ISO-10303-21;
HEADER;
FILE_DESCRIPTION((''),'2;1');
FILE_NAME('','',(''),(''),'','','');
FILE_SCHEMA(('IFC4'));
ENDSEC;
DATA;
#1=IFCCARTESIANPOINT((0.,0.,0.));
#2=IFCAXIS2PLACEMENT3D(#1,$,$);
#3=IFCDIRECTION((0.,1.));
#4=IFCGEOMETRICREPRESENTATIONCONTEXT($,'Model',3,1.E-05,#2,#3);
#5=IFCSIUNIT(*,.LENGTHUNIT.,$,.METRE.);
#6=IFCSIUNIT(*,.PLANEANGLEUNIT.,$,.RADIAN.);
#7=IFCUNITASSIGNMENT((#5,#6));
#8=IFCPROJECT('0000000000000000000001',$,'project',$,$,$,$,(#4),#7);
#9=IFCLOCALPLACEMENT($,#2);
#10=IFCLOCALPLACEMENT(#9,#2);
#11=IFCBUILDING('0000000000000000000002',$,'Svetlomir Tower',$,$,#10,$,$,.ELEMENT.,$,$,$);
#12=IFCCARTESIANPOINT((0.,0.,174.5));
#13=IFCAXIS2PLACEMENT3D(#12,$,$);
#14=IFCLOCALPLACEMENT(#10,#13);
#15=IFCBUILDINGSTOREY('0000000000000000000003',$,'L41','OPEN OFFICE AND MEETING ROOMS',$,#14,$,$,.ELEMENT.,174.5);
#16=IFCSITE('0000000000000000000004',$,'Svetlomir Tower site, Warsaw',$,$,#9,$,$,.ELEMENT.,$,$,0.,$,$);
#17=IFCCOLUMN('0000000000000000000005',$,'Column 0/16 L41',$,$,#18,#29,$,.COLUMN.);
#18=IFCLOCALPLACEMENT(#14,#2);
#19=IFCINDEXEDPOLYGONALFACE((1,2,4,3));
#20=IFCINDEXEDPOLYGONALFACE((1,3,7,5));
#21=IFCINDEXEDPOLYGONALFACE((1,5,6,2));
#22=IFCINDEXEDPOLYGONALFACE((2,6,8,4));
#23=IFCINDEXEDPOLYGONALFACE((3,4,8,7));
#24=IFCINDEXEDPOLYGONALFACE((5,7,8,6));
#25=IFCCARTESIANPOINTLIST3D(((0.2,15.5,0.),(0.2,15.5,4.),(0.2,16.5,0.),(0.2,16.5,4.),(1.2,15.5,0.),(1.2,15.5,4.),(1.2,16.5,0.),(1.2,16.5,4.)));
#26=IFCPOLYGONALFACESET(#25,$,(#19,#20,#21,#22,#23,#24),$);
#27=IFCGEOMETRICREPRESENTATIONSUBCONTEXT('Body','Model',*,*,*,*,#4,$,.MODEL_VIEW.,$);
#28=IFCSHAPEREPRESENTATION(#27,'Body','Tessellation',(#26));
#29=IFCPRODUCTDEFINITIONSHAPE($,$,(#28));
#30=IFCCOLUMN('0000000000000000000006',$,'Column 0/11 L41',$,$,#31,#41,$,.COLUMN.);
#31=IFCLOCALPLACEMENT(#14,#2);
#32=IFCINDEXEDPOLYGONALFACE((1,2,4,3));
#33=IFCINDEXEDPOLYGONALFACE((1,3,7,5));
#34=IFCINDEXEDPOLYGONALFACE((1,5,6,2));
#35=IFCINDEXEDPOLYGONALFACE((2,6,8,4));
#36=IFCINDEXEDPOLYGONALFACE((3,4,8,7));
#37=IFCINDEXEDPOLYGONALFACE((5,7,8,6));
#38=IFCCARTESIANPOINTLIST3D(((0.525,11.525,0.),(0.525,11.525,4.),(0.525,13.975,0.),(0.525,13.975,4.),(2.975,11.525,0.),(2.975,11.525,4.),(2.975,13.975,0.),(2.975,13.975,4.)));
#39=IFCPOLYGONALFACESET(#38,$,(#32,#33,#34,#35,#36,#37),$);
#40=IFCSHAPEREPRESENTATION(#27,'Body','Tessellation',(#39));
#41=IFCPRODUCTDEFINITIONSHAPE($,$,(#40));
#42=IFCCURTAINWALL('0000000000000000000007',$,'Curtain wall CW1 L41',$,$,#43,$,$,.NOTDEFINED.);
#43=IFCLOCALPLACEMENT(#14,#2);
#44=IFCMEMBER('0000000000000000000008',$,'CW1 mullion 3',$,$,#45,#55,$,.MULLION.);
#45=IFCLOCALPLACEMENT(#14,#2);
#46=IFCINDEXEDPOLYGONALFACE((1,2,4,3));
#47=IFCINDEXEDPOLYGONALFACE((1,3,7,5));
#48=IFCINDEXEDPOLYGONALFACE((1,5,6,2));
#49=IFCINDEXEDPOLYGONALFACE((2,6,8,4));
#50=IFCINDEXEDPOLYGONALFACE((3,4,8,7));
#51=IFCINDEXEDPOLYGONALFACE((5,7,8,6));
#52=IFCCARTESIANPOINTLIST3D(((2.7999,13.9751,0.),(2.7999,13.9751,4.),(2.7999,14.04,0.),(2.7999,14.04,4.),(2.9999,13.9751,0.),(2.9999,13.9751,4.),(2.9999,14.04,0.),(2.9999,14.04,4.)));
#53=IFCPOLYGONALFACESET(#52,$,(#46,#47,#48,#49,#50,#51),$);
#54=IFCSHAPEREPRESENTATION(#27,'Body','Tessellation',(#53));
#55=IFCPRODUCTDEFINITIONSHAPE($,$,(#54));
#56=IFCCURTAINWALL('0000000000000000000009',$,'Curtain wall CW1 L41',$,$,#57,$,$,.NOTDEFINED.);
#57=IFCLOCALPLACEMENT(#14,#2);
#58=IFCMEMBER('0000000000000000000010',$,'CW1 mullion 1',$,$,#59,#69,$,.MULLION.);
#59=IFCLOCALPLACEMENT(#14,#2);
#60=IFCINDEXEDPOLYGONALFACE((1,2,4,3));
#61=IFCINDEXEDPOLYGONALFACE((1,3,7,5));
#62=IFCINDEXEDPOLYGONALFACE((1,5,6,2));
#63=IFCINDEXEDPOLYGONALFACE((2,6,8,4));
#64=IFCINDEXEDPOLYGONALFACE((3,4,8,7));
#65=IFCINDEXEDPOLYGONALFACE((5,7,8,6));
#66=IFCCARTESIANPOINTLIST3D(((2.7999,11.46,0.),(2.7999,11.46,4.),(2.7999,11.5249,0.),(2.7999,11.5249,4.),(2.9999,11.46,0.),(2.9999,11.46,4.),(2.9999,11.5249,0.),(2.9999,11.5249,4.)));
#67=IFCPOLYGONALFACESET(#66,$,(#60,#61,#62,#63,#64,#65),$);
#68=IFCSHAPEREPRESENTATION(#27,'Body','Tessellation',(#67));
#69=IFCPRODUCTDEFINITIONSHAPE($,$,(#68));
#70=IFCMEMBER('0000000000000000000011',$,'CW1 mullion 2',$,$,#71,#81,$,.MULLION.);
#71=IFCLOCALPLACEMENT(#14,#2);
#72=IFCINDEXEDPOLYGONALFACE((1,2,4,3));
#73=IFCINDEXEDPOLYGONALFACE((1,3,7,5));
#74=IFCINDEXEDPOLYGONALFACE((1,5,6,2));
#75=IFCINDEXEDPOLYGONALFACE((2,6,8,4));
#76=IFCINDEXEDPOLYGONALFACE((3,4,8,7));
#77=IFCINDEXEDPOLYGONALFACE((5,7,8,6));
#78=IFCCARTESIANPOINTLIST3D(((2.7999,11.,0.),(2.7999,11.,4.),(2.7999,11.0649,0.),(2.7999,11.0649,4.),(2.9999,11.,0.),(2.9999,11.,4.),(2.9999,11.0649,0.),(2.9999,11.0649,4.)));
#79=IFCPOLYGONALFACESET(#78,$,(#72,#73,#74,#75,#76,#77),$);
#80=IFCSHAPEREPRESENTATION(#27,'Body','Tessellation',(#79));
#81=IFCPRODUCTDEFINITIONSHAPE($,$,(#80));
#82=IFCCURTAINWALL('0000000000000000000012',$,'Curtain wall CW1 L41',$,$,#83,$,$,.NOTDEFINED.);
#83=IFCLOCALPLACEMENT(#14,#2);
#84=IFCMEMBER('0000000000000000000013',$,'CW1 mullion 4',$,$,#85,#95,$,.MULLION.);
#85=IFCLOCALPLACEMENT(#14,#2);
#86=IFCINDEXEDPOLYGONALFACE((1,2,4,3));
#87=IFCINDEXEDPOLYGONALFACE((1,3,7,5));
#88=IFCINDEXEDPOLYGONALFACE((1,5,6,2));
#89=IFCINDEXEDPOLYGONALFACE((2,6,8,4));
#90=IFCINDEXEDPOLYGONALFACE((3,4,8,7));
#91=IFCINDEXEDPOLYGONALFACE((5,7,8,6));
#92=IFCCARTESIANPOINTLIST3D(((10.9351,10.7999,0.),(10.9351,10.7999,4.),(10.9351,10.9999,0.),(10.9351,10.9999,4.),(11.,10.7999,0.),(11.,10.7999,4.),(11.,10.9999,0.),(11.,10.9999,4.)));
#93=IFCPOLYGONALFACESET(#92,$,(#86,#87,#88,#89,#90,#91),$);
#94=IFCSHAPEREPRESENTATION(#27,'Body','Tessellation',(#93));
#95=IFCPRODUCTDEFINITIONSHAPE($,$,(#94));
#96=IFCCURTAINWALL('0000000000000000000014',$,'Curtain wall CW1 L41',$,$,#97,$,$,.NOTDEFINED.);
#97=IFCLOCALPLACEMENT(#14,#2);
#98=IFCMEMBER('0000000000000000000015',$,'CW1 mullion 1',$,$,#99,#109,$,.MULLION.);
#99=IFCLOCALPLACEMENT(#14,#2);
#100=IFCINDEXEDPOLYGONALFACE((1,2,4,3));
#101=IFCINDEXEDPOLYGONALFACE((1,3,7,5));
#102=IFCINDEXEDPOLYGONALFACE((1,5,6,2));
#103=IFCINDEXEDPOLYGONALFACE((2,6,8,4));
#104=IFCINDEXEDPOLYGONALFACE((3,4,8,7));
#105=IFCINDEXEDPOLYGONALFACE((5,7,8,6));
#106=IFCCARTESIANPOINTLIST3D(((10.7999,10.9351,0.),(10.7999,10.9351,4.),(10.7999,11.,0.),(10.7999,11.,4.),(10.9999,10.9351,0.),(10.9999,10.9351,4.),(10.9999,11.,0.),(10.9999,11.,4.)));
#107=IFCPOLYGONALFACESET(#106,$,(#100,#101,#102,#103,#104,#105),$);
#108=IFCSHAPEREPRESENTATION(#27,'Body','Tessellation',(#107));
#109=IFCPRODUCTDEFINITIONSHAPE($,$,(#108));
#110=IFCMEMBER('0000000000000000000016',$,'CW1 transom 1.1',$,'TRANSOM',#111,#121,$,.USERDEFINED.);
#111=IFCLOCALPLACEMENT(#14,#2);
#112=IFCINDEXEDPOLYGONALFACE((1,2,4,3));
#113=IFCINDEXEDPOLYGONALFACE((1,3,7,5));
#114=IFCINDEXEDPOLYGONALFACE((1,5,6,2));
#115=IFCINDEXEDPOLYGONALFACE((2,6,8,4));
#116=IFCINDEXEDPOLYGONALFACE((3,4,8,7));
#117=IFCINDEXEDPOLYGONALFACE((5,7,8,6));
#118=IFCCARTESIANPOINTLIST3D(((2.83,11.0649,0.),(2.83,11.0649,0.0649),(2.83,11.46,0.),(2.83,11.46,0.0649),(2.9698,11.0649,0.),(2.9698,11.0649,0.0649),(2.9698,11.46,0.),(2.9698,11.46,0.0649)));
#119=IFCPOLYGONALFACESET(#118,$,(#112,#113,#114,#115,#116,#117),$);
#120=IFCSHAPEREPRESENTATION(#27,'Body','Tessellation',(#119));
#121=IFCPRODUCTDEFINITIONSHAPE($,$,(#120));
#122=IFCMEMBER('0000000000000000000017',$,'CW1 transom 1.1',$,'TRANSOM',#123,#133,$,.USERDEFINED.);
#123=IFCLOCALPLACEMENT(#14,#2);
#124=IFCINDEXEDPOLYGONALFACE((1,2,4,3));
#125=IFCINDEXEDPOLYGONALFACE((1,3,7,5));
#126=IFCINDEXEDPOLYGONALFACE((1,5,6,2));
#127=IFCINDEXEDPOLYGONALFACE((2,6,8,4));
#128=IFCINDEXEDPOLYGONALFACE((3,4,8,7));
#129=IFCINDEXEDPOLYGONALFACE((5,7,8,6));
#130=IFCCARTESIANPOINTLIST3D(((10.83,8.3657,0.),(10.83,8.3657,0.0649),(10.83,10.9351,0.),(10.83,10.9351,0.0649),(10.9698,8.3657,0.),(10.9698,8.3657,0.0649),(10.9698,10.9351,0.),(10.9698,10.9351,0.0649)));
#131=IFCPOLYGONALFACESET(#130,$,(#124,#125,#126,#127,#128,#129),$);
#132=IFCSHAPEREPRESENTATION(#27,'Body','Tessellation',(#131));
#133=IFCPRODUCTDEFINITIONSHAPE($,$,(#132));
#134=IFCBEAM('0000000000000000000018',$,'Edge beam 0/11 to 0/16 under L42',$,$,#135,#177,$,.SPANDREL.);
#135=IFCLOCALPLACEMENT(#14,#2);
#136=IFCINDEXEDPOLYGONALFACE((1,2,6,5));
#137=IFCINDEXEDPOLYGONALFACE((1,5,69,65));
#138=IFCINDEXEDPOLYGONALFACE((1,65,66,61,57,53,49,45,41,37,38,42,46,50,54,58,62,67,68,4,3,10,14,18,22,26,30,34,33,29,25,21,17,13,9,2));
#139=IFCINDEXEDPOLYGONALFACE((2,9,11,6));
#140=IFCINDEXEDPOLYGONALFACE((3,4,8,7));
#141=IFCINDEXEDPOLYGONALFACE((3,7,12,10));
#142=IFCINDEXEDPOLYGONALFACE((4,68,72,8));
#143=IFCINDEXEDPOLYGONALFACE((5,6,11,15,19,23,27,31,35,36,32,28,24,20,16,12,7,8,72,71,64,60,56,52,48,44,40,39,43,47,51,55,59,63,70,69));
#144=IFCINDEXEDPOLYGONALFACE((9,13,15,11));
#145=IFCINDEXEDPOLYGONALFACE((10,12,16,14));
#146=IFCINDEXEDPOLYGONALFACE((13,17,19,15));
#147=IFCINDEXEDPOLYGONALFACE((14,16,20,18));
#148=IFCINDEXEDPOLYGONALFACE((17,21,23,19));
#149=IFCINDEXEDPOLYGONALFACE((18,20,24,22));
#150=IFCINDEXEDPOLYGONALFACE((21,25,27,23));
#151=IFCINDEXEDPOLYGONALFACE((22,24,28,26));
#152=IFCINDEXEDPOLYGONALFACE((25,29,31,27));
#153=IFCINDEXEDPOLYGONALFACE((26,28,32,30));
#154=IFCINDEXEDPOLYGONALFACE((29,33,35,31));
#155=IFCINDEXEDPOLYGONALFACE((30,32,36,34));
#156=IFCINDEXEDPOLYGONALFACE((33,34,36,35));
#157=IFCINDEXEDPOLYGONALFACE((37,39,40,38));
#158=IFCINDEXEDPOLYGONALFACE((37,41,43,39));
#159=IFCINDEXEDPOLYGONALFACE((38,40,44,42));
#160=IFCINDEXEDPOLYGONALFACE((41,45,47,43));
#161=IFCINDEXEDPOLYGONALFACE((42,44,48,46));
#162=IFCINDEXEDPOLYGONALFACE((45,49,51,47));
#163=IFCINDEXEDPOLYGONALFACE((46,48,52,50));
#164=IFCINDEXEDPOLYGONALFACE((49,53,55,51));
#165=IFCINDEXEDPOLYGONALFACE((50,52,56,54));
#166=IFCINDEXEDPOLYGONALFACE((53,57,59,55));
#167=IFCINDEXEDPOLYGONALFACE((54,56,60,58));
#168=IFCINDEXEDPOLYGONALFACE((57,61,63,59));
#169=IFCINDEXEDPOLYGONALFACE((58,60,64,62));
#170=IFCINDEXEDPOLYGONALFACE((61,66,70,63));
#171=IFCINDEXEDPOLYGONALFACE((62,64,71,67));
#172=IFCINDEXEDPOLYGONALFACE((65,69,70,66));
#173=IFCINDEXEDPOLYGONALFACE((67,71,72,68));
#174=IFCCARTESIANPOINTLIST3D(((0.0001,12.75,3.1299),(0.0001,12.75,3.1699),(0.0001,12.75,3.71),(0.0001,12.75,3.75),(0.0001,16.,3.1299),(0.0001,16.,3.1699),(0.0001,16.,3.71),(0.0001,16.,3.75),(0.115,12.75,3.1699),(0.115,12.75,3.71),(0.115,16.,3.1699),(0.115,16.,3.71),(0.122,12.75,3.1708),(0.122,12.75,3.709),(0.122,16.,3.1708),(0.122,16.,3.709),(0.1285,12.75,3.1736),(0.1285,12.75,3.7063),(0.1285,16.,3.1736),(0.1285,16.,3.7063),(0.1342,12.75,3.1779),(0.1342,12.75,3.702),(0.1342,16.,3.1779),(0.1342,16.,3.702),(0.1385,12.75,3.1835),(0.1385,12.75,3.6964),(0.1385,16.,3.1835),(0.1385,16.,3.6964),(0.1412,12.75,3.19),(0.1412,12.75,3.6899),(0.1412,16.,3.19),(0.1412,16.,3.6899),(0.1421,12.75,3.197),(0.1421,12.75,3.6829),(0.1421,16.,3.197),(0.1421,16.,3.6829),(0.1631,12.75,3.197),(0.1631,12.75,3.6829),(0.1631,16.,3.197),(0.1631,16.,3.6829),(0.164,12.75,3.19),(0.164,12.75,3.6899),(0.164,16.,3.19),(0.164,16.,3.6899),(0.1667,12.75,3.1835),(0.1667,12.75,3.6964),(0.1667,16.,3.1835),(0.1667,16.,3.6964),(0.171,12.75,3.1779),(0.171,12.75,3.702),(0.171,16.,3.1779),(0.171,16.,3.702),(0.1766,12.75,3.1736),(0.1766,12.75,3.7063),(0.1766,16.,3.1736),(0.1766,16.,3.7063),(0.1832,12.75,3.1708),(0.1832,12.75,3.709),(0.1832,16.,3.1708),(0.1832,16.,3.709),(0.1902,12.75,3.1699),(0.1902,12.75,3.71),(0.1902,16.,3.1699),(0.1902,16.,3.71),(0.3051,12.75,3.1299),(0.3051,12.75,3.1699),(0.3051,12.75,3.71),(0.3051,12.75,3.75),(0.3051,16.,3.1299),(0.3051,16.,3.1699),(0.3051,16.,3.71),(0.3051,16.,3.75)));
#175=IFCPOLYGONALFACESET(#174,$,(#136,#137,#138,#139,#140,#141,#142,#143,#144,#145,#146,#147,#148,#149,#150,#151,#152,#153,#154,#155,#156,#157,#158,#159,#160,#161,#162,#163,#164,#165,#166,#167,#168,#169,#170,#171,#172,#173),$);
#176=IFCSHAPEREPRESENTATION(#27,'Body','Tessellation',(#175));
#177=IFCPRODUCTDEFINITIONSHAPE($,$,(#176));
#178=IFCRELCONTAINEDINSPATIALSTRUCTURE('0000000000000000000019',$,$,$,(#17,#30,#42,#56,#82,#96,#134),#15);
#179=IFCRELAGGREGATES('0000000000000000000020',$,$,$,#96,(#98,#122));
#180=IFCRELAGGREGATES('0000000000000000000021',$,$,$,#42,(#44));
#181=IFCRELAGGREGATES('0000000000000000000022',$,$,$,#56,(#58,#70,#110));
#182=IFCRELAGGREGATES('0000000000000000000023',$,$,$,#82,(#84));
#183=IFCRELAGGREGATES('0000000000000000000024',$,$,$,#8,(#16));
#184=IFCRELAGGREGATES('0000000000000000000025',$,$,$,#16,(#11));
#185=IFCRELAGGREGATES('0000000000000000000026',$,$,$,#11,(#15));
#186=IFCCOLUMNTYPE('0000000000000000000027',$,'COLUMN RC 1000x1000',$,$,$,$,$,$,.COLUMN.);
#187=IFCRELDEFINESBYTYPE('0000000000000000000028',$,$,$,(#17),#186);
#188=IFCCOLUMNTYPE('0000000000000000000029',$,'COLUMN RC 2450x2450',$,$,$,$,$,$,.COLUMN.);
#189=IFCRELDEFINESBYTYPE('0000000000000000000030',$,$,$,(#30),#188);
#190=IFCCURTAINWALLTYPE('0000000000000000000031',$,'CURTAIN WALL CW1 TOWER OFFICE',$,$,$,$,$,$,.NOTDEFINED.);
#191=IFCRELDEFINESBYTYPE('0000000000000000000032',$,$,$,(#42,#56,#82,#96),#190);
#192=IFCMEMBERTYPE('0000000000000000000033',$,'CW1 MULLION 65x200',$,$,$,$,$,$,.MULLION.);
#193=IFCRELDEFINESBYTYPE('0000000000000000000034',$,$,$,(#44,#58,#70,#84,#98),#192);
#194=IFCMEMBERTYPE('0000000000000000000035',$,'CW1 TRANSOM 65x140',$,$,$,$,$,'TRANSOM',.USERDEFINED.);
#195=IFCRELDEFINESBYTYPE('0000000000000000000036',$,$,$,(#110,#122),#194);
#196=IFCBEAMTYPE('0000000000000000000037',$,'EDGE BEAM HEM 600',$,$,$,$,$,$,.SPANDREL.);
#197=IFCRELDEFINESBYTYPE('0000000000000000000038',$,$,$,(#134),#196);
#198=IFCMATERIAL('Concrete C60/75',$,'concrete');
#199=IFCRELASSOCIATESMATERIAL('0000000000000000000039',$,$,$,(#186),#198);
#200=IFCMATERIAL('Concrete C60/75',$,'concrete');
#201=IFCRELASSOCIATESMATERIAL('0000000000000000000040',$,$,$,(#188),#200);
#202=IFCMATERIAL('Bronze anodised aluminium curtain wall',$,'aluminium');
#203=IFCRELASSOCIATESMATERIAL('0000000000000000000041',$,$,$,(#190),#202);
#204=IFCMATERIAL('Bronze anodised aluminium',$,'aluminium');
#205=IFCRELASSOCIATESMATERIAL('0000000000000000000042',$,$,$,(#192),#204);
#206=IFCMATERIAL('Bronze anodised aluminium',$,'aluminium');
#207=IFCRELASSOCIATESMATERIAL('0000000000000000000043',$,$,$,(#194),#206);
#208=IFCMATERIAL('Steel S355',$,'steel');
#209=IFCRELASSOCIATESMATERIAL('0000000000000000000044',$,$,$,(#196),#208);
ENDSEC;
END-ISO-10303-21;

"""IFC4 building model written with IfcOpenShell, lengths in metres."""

from ifc_helpers import new_model, si_unit, direction, frame, origin, origin_2d, place, context, subcontext, project, spatial, rectangle, i_section, extrude, material, material_profile, profile_set, type_object, element, aggregate, save


model = new_model("IFC4")

# Units and contexts
model_context = context("Model", 3, precision=1e-05, world=origin(), true_north=direction((0.0, 1.0)))
body_context = subcontext(model_context, "Body", "Model", "MODEL_VIEW")
ifc_project = project(units=[si_unit("LENGTHUNIT", "METRE"), si_unit("PLANEANGLEUNIT", "RADIAN")], contexts=[model_context])

# Site, building, storey
site_placement = place(None, origin())
site = spatial("IfcSite", under=ifc_project, at=site_placement, Name="Svetlomir Tower site, Warsaw", CompositionType="ELEMENT", RefElevation=0.0)
building_placement = place(site_placement, origin())
building = spatial("IfcBuilding", under=site, at=building_placement, Name="Svetlomir Tower", CompositionType="ELEMENT")
storey_placement = place(building_placement, frame((0.0, 0.0, 174.5)))
storey = spatial("IfcBuildingStorey", under=building, at=storey_placement, Name="L41", Description="OPEN OFFICE AND MEETING ROOMS", CompositionType="ELEMENT", Elevation=174.5)

# Columns
ifc_material_1 = material(Name="Concrete C60/75", Category="concrete")
ifc_material_profile_1 = material_profile(ifc_material_1, rectangle(XDim=1.0, YDim=1.0, at=origin_2d()), Name="RC 1000x1000")
ifc_profile_set_1 = profile_set([ifc_material_profile_1], Name="Concrete C60/75")
column_type_1 = type_object("IfcColumnType", Name="COLUMN RC 1000x1000", PredefinedType="COLUMN", material=ifc_profile_set_1)
column_1_placement = place(storey_placement, frame((0.7, 16.0, 0.0), z_axis=(0.0, 0.0, 1.0), x_axis=(1.0, 0.0, 0.0)))
element("IfcColumn", 1, at=column_1_placement, inside=storey, type_object=column_type_1, Name="Column 0/16 L41", PredefinedType="COLUMN", context=body_context, shape_type="SweptSolid", body=[
    extrude(rectangle(XDim=1.0, YDim=1.0, at=origin_2d()), origin(), (0.0, 0.0, 1.0), 4.0),
])
ifc_material_2 = material(Name="Concrete C60/75", Category="concrete")
ifc_material_profile_2 = material_profile(ifc_material_2, rectangle(XDim=2.45, YDim=2.45, at=origin_2d()), Name="RC 2450x2450")
ifc_profile_set_2 = profile_set([ifc_material_profile_2], Name="Concrete C60/75")
column_type_2 = type_object("IfcColumnType", Name="COLUMN RC 2450x2450", PredefinedType="COLUMN", material=ifc_profile_set_2)
column_2_placement = place(storey_placement, frame((1.75, 12.75, 0.0), z_axis=(0.0, 0.0, 1.0), x_axis=(1.0, 0.0, 0.0)))
element("IfcColumn", 2, at=column_2_placement, inside=storey, type_object=column_type_2, Name="Column 0/11 L41", PredefinedType="COLUMN", context=body_context, shape_type="SweptSolid", body=[
    extrude(rectangle(XDim=2.45, YDim=2.45, at=origin_2d()), origin(), (0.0, 0.0, 1.0), 4.0),
])

# Curtain wall, member
ifc_material_3 = material(Name="Bronze anodised aluminium curtain wall", Category="aluminium")
curtain_wall_type = type_object("IfcCurtainWallType", Name="CURTAIN WALL CW1 TOWER OFFICE", PredefinedType="NOTDEFINED", material=ifc_material_3)
curtain_wall_1_placement = place(storey_placement, origin())
curtain_wall_1 = element("IfcCurtainWall", 3, at=curtain_wall_1_placement, inside=storey, type_object=curtain_wall_type, Name="Curtain wall CW1 L41", PredefinedType="NOTDEFINED")
ifc_material_4 = material(Name="Bronze anodised aluminium", Category="aluminium")
ifc_material_profile_3 = material_profile(ifc_material_4, rectangle(XDim=0.0649, YDim=0.2, at=origin_2d()), Name="AL 65x200")
ifc_profile_set_3 = profile_set([ifc_material_profile_3], Name="Bronze anodised aluminium 6063-T6")
member_type_1 = type_object("IfcMemberType", Name="CW1 MULLION 65x200", PredefinedType="MULLION", material=ifc_profile_set_3)
member_1_placement = place(storey_placement, frame((2.8999, 14.0076, 0.0), z_axis=(0.0, 0.0, 1.0), x_axis=(0.0, -1.0, 0.0)))
member_1 = element("IfcMember", 4, at=member_1_placement, type_object=member_type_1, Name="CW1 mullion 3", PredefinedType="MULLION", context=body_context, shape_type="SweptSolid", body=[
    extrude(rectangle(XDim=0.0649, YDim=0.2, at=origin_2d()), origin(), (0.0, 0.0, 1.0), 4.0),
])

# Curtain wall, members
curtain_wall_2_placement = place(storey_placement, origin())
curtain_wall_2 = element("IfcCurtainWall", 5, at=curtain_wall_2_placement, inside=storey, type_object=curtain_wall_type, Name="Curtain wall CW1 L41", PredefinedType="NOTDEFINED")
member_2_placement = place(storey_placement, frame((2.8999, 11.4924, 0.0), z_axis=(0.0, 0.0, 1.0), x_axis=(0.0, -1.0, 0.0)))
member_2 = element("IfcMember", 6, at=member_2_placement, type_object=member_type_1, Name="CW1 mullion 1", PredefinedType="MULLION", context=body_context, shape_type="SweptSolid", body=[
    extrude(rectangle(XDim=0.0649, YDim=0.2, at=origin_2d()), origin(), (0.0, 0.0, 1.0), 4.0),
])
member_3_placement = place(storey_placement, frame((2.8999, 11.0325, 0.0), z_axis=(0.0, 0.0, 1.0), x_axis=(0.0, -1.0, 0.0)))
member_3 = element("IfcMember", 7, at=member_3_placement, type_object=member_type_1, Name="CW1 mullion 2", PredefinedType="MULLION", context=body_context, shape_type="SweptSolid", body=[
    extrude(rectangle(XDim=0.0649, YDim=0.2, at=origin_2d()), origin(), (0.0, 0.0, 1.0), 4.0),
])

# Curtain walls, members
curtain_wall_3_placement = place(storey_placement, origin())
curtain_wall_3 = element("IfcCurtainWall", 8, at=curtain_wall_3_placement, inside=storey, type_object=curtain_wall_type, Name="Curtain wall CW1 L41", PredefinedType="NOTDEFINED")
member_4_placement = place(storey_placement, frame((10.9675, 10.8999, 0.0), z_axis=(0.0, 0.0, 1.0), x_axis=(1.0, 0.0, 0.0)))
member_4 = element("IfcMember", 9, at=member_4_placement, type_object=member_type_1, Name="CW1 mullion 4", PredefinedType="MULLION", context=body_context, shape_type="SweptSolid", body=[
    extrude(rectangle(XDim=0.0649, YDim=0.2, at=origin_2d()), origin(), (0.0, 0.0, 1.0), 4.0),
])
curtain_wall_4_placement = place(storey_placement, origin())
curtain_wall_4 = element("IfcCurtainWall", 10, at=curtain_wall_4_placement, inside=storey, type_object=curtain_wall_type, Name="Curtain wall CW1 L41", PredefinedType="NOTDEFINED")
member_5_placement = place(storey_placement, frame((10.8999, 10.9675, 0.0), z_axis=(0.0, 0.0, 1.0), x_axis=(0.0, -1.0, 0.0)))
member_5 = element("IfcMember", 11, at=member_5_placement, type_object=member_type_1, Name="CW1 mullion 1", PredefinedType="MULLION", context=body_context, shape_type="SweptSolid", body=[
    extrude(rectangle(XDim=0.0649, YDim=0.2, at=origin_2d()), origin(), (0.0, 0.0, 1.0), 4.0),
])

# Members
ifc_material_5 = material(Name="Bronze anodised aluminium", Category="aluminium")
ifc_material_profile_4 = material_profile(ifc_material_5, rectangle(XDim=0.1399, YDim=0.0649, at=origin_2d()), Name="AL 140x65")
ifc_profile_set_4 = profile_set([ifc_material_profile_4], Name="Bronze anodised aluminium 6063-T6")
member_type_2 = type_object("IfcMemberType", Name="CW1 TRANSOM 65x140", ElementType="TRANSOM", PredefinedType="USERDEFINED", material=ifc_profile_set_4)
member_6_placement = place(storey_placement, frame((2.8999, 11.46, 0.0325), z_axis=(0.0, -1.0, 0.0), x_axis=(1.0, 0.0, 0.0)))
member_6 = element("IfcMember", 12, at=member_6_placement, type_object=member_type_2, Name="CW1 transom 1.1", ObjectType="TRANSOM", PredefinedType="USERDEFINED", context=body_context, shape_type="SweptSolid", body=[
    extrude(rectangle(XDim=0.1399, YDim=0.0649, at=origin_2d()), origin(), (0.0, 0.0, 1.0), 0.395),
])
member_7_placement = place(storey_placement, frame((10.8999, 10.9351, 0.0325), z_axis=(0.0, -1.0, 0.0), x_axis=(1.0, 0.0, 0.0)))
member_7 = element("IfcMember", 13, at=member_7_placement, type_object=member_type_2, Name="CW1 transom 1.1", ObjectType="TRANSOM", PredefinedType="USERDEFINED", context=body_context, shape_type="SweptSolid", body=[
    extrude(rectangle(XDim=0.1399, YDim=0.0649, at=origin_2d()), origin(), (0.0, 0.0, 1.0), 2.5693),
])
aggregate(curtain_wall_4, [member_5, member_7])

# Beam
ifc_material_6 = material(Name="Steel S355", Category="steel")
ifc_material_profile_5 = material_profile(ifc_material_6, i_section(OverallWidth=0.3049, OverallDepth=0.6201, WebThickness=0.021, FlangeThickness=0.04, FilletRadius=0.0271, at=origin_2d()), Name="HEM 600")
ifc_profile_set_5 = profile_set([ifc_material_profile_5], Name="Steel S355")
beam_type_1 = type_object("IfcBeamType", Name="EDGE BEAM HEM 600", PredefinedType="SPANDREL", material=ifc_profile_set_5)
beam_1_placement = place(storey_placement, frame((0.1526, 12.75, 3.4399), z_axis=(0.0, 1.0, 0.0), x_axis=(-1.0, 0.0, 0.0)))
element("IfcBeam", 14, at=beam_1_placement, inside=storey, type_object=beam_type_1, Name="Edge beam 0/11 to 0/16 under L42", PredefinedType="SPANDREL", context=body_context, shape_type="SweptSolid", body=[
    extrude(i_section(OverallWidth=0.3049, OverallDepth=0.6201, WebThickness=0.021, FlangeThickness=0.04, FilletRadius=0.0271, at=origin_2d()), origin(), (0.0, 0.0, 1.0), 3.25),
])

aggregate(curtain_wall_1, [member_1])
aggregate(curtain_wall_2, [member_2, member_3, member_6])
aggregate(curtain_wall_3, [member_4])

save(model, "model.ifc")
